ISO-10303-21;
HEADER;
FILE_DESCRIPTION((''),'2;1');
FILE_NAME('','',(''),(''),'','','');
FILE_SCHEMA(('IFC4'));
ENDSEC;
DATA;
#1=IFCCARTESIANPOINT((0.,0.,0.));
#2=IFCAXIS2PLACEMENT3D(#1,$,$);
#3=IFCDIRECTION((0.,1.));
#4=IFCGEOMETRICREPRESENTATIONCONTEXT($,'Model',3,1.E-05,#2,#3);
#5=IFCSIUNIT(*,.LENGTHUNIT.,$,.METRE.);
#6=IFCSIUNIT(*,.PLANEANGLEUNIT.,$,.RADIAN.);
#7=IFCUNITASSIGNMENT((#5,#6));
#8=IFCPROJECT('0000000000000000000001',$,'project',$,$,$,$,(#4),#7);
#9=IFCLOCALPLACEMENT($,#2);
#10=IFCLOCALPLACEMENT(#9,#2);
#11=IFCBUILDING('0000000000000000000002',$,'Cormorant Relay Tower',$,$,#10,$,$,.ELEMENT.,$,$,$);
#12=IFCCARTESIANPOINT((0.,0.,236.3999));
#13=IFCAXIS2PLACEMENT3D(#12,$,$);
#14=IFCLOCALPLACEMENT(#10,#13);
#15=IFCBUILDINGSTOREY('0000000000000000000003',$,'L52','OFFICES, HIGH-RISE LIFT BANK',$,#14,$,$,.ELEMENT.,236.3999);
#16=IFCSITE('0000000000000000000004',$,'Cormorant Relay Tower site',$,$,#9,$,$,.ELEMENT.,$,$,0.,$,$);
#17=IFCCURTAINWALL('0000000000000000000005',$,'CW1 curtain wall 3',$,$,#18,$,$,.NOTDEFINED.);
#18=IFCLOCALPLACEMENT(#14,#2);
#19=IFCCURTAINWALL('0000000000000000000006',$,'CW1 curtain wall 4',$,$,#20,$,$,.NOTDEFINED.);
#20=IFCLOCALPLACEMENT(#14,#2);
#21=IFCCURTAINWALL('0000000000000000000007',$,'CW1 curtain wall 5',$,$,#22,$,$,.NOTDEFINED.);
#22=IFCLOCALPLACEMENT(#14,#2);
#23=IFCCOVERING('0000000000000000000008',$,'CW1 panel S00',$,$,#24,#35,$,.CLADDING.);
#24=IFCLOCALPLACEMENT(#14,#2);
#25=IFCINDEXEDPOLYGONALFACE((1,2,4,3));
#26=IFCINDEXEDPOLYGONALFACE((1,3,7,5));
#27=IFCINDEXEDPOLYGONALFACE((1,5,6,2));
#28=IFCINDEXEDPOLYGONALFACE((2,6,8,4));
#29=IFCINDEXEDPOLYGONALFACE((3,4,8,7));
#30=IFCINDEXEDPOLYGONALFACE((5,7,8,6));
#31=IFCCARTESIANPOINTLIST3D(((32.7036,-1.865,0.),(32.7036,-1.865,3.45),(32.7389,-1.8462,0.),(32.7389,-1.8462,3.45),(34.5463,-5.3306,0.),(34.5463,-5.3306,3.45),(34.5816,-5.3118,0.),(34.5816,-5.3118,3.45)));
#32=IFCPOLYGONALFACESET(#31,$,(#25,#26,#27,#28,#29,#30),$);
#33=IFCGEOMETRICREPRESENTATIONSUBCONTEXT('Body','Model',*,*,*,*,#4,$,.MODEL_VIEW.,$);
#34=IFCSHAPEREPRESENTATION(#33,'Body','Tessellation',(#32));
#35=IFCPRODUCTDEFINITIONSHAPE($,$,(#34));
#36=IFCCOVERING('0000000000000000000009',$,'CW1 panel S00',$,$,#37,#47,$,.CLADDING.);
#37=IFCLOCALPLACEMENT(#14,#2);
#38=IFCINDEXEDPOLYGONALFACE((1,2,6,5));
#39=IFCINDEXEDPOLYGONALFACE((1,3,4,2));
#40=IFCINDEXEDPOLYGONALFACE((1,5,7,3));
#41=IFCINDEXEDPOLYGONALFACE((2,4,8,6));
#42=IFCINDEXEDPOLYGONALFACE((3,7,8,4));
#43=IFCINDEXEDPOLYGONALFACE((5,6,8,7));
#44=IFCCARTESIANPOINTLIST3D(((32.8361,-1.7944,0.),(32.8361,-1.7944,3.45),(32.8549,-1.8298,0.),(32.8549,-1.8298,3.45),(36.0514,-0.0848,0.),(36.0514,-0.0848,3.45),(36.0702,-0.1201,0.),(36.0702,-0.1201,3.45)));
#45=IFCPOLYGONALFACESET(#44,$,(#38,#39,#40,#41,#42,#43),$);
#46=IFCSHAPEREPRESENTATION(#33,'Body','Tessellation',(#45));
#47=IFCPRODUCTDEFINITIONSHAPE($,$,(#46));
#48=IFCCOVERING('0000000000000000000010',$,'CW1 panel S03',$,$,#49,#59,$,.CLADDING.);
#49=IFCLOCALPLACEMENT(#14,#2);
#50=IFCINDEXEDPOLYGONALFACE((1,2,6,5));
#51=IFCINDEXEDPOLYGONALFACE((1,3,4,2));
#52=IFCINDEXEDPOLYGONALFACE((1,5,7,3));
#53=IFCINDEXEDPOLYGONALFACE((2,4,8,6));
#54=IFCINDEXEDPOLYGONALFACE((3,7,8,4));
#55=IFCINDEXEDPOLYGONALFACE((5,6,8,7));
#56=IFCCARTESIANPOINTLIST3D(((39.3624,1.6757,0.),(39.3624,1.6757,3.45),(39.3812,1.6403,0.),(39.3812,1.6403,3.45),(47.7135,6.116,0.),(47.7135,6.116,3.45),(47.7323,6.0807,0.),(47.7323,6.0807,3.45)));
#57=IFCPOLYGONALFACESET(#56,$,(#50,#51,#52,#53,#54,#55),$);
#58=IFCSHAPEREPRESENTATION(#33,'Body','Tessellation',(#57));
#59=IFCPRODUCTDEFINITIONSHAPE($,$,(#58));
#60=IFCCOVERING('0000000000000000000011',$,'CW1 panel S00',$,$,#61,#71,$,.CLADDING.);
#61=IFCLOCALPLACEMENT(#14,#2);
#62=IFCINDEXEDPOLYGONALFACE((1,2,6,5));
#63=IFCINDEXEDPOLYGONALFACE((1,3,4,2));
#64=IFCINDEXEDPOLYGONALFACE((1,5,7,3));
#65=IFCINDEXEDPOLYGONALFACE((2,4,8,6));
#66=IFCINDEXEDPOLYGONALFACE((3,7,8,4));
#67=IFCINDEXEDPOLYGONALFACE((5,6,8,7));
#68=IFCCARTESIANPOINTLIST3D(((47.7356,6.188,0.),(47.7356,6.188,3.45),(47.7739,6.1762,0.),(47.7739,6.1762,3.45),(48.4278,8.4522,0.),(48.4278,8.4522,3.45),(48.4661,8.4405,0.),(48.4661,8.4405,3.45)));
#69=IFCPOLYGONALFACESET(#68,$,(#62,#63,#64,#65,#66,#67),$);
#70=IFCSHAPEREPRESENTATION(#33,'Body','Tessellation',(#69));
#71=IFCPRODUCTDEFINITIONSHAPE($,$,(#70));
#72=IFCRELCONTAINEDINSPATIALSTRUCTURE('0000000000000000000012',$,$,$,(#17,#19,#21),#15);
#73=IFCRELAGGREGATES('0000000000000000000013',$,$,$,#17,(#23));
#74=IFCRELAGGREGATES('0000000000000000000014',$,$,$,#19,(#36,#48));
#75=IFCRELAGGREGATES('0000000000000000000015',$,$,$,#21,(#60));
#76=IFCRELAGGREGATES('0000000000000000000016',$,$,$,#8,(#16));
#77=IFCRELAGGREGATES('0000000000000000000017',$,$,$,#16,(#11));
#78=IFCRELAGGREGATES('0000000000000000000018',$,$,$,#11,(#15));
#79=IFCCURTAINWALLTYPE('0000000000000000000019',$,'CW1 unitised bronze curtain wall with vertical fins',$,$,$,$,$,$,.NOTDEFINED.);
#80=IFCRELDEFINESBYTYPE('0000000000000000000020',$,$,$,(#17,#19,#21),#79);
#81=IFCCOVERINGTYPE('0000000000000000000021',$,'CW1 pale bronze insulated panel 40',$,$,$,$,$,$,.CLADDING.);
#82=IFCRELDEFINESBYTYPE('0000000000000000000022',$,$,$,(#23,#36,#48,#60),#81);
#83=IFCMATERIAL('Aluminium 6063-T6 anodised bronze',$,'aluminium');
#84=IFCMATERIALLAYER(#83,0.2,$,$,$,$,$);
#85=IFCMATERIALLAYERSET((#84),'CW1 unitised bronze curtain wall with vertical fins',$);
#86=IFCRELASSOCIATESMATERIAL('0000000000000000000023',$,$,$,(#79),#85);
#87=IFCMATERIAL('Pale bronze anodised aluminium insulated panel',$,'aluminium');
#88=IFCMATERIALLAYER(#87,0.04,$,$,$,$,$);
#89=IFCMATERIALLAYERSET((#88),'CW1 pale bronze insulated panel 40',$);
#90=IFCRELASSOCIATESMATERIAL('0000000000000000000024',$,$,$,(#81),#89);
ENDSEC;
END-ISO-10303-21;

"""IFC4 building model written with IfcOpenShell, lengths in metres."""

from ifc_helpers import new_model, si_unit, direction, frame, origin, origin_2d, place, context, subcontext, project, spatial, rectangle, extrude, material, layer, layer_set, type_object, element, aggregate, save


model = new_model("IFC4")

# Units and contexts
model_context = context("Model", 3, precision=1e-05, world=origin(), true_north=direction((0.0, 1.0)))
body_context = subcontext(model_context, "Body", "Model", "MODEL_VIEW")
ifc_project = project(units=[si_unit("LENGTHUNIT", "METRE"), si_unit("PLANEANGLEUNIT", "RADIAN")], contexts=[model_context])

# Site, building, storey
site_placement = place(None, origin())
site = spatial("IfcSite", under=ifc_project, at=site_placement, Name="Cormorant Relay Tower site", CompositionType="ELEMENT", RefElevation=0.0)
building_placement = place(site_placement, origin())
building = spatial("IfcBuilding", under=site, at=building_placement, Name="Cormorant Relay Tower", CompositionType="ELEMENT")
storey_placement = place(building_placement, frame((0.0, 0.0, 236.3999)))
storey = spatial("IfcBuildingStorey", under=building, at=storey_placement, Name="L52", Description="OFFICES, HIGH-RISE LIFT BANK", CompositionType="ELEMENT", Elevation=236.3999)

# Curtain wall
ifc_material_1 = material(Name="Aluminium 6063-T6 anodised bronze", Category="aluminium")
ifc_layer_1 = layer(ifc_material_1, 0.2)
ifc_layer_set_1 = layer_set([ifc_layer_1], Name="CW1 unitised bronze curtain wall with vertical fins")
curtain_wall_type = type_object("IfcCurtainWallType", Name="CW1 unitised bronze curtain wall with vertical fins", PredefinedType="NOTDEFINED", material=ifc_layer_set_1)
curtain_wall_1_placement = place(storey_placement, origin())
curtain_wall_1 = element("IfcCurtainWall", 1, at=curtain_wall_1_placement, inside=storey, type_object=curtain_wall_type, Name="CW1 curtain wall 3", PredefinedType="NOTDEFINED")

# Curtain wall
curtain_wall_2_placement = place(storey_placement, origin())
curtain_wall_2 = element("IfcCurtainWall", 2, at=curtain_wall_2_placement, inside=storey, type_object=curtain_wall_type, Name="CW1 curtain wall 4", PredefinedType="NOTDEFINED")

# Curtain wall
curtain_wall_3_placement = place(storey_placement, origin())
curtain_wall_3 = element("IfcCurtainWall", 3, at=curtain_wall_3_placement, inside=storey, type_object=curtain_wall_type, Name="CW1 curtain wall 5", PredefinedType="NOTDEFINED")

# Coverings
ifc_material_2 = material(Name="Pale bronze anodised aluminium insulated panel", Category="aluminium")
ifc_layer_2 = layer(ifc_material_2, 0.04)
ifc_layer_set_2 = layer_set([ifc_layer_2], Name="CW1 pale bronze insulated panel 40")
covering_type = type_object("IfcCoveringType", Name="CW1 pale bronze insulated panel 40", PredefinedType="CLADDING", material=ifc_layer_set_2)
covering_1_placement = place(storey_placement, frame((33.6426, -3.5884, 0.0), z_axis=(0.0, 0.0, 1.0), x_axis=(-0.469472, 0.882948, 0.0)))
covering_1 = element("IfcCovering", 4, at=covering_1_placement, type_object=covering_type, Name="CW1 panel S00", PredefinedType="CLADDING", context=body_context, shape_type="SweptSolid", body=[
    extrude(rectangle(XDim=3.925, YDim=0.04, at=origin_2d()), origin(), (0.0, 0.0, 1.0), 3.45),
])
aggregate(curtain_wall_1, [covering_1])
covering_2_placement = place(storey_placement, frame((34.4531, -0.9573, 0.0), z_axis=(0.0, 0.0, 1.0), x_axis=(0.882948, 0.469472, 0.0)))
covering_2 = element("IfcCovering", 5, at=covering_2_placement, type_object=covering_type, Name="CW1 panel S00", PredefinedType="CLADDING", context=body_context, shape_type="SweptSolid", body=[
    extrude(rectangle(XDim=3.6416, YDim=0.04, at=origin_2d()), origin(), (0.0, 0.0, 1.0), 3.45),
])
covering_3_placement = place(storey_placement, frame((43.5474, 3.8782, 0.0), z_axis=(0.0, 0.0, 1.0), x_axis=(0.882948, 0.469472, 0.0)))
covering_3 = element("IfcCovering", 6, at=covering_3_placement, type_object=covering_type, Name="CW1 panel S03", PredefinedType="CLADDING", context=body_context, shape_type="SweptSolid", body=[
    extrude(rectangle(XDim=9.4583, YDim=0.04, at=origin_2d()), origin(), (0.0, 0.0, 1.0), 3.45),
])
aggregate(curtain_wall_2, [covering_2, covering_3])
covering_4_placement = place(storey_placement, frame((48.1008, 7.3142, 0.0), z_axis=(0.0, 0.0, 1.0), x_axis=(0.292372, 0.956305, 0.0)))
covering_4 = element("IfcCovering", 7, at=covering_4_placement, type_object=covering_type, Name="CW1 panel S00", PredefinedType="CLADDING", context=body_context, shape_type="SweptSolid", body=[
    extrude(rectangle(XDim=2.3677, YDim=0.04, at=origin_2d()), origin(), (0.0, 0.0, 1.0), 3.45),
])
aggregate(curtain_wall_3, [covering_4])

save(model, "model.ifc")
